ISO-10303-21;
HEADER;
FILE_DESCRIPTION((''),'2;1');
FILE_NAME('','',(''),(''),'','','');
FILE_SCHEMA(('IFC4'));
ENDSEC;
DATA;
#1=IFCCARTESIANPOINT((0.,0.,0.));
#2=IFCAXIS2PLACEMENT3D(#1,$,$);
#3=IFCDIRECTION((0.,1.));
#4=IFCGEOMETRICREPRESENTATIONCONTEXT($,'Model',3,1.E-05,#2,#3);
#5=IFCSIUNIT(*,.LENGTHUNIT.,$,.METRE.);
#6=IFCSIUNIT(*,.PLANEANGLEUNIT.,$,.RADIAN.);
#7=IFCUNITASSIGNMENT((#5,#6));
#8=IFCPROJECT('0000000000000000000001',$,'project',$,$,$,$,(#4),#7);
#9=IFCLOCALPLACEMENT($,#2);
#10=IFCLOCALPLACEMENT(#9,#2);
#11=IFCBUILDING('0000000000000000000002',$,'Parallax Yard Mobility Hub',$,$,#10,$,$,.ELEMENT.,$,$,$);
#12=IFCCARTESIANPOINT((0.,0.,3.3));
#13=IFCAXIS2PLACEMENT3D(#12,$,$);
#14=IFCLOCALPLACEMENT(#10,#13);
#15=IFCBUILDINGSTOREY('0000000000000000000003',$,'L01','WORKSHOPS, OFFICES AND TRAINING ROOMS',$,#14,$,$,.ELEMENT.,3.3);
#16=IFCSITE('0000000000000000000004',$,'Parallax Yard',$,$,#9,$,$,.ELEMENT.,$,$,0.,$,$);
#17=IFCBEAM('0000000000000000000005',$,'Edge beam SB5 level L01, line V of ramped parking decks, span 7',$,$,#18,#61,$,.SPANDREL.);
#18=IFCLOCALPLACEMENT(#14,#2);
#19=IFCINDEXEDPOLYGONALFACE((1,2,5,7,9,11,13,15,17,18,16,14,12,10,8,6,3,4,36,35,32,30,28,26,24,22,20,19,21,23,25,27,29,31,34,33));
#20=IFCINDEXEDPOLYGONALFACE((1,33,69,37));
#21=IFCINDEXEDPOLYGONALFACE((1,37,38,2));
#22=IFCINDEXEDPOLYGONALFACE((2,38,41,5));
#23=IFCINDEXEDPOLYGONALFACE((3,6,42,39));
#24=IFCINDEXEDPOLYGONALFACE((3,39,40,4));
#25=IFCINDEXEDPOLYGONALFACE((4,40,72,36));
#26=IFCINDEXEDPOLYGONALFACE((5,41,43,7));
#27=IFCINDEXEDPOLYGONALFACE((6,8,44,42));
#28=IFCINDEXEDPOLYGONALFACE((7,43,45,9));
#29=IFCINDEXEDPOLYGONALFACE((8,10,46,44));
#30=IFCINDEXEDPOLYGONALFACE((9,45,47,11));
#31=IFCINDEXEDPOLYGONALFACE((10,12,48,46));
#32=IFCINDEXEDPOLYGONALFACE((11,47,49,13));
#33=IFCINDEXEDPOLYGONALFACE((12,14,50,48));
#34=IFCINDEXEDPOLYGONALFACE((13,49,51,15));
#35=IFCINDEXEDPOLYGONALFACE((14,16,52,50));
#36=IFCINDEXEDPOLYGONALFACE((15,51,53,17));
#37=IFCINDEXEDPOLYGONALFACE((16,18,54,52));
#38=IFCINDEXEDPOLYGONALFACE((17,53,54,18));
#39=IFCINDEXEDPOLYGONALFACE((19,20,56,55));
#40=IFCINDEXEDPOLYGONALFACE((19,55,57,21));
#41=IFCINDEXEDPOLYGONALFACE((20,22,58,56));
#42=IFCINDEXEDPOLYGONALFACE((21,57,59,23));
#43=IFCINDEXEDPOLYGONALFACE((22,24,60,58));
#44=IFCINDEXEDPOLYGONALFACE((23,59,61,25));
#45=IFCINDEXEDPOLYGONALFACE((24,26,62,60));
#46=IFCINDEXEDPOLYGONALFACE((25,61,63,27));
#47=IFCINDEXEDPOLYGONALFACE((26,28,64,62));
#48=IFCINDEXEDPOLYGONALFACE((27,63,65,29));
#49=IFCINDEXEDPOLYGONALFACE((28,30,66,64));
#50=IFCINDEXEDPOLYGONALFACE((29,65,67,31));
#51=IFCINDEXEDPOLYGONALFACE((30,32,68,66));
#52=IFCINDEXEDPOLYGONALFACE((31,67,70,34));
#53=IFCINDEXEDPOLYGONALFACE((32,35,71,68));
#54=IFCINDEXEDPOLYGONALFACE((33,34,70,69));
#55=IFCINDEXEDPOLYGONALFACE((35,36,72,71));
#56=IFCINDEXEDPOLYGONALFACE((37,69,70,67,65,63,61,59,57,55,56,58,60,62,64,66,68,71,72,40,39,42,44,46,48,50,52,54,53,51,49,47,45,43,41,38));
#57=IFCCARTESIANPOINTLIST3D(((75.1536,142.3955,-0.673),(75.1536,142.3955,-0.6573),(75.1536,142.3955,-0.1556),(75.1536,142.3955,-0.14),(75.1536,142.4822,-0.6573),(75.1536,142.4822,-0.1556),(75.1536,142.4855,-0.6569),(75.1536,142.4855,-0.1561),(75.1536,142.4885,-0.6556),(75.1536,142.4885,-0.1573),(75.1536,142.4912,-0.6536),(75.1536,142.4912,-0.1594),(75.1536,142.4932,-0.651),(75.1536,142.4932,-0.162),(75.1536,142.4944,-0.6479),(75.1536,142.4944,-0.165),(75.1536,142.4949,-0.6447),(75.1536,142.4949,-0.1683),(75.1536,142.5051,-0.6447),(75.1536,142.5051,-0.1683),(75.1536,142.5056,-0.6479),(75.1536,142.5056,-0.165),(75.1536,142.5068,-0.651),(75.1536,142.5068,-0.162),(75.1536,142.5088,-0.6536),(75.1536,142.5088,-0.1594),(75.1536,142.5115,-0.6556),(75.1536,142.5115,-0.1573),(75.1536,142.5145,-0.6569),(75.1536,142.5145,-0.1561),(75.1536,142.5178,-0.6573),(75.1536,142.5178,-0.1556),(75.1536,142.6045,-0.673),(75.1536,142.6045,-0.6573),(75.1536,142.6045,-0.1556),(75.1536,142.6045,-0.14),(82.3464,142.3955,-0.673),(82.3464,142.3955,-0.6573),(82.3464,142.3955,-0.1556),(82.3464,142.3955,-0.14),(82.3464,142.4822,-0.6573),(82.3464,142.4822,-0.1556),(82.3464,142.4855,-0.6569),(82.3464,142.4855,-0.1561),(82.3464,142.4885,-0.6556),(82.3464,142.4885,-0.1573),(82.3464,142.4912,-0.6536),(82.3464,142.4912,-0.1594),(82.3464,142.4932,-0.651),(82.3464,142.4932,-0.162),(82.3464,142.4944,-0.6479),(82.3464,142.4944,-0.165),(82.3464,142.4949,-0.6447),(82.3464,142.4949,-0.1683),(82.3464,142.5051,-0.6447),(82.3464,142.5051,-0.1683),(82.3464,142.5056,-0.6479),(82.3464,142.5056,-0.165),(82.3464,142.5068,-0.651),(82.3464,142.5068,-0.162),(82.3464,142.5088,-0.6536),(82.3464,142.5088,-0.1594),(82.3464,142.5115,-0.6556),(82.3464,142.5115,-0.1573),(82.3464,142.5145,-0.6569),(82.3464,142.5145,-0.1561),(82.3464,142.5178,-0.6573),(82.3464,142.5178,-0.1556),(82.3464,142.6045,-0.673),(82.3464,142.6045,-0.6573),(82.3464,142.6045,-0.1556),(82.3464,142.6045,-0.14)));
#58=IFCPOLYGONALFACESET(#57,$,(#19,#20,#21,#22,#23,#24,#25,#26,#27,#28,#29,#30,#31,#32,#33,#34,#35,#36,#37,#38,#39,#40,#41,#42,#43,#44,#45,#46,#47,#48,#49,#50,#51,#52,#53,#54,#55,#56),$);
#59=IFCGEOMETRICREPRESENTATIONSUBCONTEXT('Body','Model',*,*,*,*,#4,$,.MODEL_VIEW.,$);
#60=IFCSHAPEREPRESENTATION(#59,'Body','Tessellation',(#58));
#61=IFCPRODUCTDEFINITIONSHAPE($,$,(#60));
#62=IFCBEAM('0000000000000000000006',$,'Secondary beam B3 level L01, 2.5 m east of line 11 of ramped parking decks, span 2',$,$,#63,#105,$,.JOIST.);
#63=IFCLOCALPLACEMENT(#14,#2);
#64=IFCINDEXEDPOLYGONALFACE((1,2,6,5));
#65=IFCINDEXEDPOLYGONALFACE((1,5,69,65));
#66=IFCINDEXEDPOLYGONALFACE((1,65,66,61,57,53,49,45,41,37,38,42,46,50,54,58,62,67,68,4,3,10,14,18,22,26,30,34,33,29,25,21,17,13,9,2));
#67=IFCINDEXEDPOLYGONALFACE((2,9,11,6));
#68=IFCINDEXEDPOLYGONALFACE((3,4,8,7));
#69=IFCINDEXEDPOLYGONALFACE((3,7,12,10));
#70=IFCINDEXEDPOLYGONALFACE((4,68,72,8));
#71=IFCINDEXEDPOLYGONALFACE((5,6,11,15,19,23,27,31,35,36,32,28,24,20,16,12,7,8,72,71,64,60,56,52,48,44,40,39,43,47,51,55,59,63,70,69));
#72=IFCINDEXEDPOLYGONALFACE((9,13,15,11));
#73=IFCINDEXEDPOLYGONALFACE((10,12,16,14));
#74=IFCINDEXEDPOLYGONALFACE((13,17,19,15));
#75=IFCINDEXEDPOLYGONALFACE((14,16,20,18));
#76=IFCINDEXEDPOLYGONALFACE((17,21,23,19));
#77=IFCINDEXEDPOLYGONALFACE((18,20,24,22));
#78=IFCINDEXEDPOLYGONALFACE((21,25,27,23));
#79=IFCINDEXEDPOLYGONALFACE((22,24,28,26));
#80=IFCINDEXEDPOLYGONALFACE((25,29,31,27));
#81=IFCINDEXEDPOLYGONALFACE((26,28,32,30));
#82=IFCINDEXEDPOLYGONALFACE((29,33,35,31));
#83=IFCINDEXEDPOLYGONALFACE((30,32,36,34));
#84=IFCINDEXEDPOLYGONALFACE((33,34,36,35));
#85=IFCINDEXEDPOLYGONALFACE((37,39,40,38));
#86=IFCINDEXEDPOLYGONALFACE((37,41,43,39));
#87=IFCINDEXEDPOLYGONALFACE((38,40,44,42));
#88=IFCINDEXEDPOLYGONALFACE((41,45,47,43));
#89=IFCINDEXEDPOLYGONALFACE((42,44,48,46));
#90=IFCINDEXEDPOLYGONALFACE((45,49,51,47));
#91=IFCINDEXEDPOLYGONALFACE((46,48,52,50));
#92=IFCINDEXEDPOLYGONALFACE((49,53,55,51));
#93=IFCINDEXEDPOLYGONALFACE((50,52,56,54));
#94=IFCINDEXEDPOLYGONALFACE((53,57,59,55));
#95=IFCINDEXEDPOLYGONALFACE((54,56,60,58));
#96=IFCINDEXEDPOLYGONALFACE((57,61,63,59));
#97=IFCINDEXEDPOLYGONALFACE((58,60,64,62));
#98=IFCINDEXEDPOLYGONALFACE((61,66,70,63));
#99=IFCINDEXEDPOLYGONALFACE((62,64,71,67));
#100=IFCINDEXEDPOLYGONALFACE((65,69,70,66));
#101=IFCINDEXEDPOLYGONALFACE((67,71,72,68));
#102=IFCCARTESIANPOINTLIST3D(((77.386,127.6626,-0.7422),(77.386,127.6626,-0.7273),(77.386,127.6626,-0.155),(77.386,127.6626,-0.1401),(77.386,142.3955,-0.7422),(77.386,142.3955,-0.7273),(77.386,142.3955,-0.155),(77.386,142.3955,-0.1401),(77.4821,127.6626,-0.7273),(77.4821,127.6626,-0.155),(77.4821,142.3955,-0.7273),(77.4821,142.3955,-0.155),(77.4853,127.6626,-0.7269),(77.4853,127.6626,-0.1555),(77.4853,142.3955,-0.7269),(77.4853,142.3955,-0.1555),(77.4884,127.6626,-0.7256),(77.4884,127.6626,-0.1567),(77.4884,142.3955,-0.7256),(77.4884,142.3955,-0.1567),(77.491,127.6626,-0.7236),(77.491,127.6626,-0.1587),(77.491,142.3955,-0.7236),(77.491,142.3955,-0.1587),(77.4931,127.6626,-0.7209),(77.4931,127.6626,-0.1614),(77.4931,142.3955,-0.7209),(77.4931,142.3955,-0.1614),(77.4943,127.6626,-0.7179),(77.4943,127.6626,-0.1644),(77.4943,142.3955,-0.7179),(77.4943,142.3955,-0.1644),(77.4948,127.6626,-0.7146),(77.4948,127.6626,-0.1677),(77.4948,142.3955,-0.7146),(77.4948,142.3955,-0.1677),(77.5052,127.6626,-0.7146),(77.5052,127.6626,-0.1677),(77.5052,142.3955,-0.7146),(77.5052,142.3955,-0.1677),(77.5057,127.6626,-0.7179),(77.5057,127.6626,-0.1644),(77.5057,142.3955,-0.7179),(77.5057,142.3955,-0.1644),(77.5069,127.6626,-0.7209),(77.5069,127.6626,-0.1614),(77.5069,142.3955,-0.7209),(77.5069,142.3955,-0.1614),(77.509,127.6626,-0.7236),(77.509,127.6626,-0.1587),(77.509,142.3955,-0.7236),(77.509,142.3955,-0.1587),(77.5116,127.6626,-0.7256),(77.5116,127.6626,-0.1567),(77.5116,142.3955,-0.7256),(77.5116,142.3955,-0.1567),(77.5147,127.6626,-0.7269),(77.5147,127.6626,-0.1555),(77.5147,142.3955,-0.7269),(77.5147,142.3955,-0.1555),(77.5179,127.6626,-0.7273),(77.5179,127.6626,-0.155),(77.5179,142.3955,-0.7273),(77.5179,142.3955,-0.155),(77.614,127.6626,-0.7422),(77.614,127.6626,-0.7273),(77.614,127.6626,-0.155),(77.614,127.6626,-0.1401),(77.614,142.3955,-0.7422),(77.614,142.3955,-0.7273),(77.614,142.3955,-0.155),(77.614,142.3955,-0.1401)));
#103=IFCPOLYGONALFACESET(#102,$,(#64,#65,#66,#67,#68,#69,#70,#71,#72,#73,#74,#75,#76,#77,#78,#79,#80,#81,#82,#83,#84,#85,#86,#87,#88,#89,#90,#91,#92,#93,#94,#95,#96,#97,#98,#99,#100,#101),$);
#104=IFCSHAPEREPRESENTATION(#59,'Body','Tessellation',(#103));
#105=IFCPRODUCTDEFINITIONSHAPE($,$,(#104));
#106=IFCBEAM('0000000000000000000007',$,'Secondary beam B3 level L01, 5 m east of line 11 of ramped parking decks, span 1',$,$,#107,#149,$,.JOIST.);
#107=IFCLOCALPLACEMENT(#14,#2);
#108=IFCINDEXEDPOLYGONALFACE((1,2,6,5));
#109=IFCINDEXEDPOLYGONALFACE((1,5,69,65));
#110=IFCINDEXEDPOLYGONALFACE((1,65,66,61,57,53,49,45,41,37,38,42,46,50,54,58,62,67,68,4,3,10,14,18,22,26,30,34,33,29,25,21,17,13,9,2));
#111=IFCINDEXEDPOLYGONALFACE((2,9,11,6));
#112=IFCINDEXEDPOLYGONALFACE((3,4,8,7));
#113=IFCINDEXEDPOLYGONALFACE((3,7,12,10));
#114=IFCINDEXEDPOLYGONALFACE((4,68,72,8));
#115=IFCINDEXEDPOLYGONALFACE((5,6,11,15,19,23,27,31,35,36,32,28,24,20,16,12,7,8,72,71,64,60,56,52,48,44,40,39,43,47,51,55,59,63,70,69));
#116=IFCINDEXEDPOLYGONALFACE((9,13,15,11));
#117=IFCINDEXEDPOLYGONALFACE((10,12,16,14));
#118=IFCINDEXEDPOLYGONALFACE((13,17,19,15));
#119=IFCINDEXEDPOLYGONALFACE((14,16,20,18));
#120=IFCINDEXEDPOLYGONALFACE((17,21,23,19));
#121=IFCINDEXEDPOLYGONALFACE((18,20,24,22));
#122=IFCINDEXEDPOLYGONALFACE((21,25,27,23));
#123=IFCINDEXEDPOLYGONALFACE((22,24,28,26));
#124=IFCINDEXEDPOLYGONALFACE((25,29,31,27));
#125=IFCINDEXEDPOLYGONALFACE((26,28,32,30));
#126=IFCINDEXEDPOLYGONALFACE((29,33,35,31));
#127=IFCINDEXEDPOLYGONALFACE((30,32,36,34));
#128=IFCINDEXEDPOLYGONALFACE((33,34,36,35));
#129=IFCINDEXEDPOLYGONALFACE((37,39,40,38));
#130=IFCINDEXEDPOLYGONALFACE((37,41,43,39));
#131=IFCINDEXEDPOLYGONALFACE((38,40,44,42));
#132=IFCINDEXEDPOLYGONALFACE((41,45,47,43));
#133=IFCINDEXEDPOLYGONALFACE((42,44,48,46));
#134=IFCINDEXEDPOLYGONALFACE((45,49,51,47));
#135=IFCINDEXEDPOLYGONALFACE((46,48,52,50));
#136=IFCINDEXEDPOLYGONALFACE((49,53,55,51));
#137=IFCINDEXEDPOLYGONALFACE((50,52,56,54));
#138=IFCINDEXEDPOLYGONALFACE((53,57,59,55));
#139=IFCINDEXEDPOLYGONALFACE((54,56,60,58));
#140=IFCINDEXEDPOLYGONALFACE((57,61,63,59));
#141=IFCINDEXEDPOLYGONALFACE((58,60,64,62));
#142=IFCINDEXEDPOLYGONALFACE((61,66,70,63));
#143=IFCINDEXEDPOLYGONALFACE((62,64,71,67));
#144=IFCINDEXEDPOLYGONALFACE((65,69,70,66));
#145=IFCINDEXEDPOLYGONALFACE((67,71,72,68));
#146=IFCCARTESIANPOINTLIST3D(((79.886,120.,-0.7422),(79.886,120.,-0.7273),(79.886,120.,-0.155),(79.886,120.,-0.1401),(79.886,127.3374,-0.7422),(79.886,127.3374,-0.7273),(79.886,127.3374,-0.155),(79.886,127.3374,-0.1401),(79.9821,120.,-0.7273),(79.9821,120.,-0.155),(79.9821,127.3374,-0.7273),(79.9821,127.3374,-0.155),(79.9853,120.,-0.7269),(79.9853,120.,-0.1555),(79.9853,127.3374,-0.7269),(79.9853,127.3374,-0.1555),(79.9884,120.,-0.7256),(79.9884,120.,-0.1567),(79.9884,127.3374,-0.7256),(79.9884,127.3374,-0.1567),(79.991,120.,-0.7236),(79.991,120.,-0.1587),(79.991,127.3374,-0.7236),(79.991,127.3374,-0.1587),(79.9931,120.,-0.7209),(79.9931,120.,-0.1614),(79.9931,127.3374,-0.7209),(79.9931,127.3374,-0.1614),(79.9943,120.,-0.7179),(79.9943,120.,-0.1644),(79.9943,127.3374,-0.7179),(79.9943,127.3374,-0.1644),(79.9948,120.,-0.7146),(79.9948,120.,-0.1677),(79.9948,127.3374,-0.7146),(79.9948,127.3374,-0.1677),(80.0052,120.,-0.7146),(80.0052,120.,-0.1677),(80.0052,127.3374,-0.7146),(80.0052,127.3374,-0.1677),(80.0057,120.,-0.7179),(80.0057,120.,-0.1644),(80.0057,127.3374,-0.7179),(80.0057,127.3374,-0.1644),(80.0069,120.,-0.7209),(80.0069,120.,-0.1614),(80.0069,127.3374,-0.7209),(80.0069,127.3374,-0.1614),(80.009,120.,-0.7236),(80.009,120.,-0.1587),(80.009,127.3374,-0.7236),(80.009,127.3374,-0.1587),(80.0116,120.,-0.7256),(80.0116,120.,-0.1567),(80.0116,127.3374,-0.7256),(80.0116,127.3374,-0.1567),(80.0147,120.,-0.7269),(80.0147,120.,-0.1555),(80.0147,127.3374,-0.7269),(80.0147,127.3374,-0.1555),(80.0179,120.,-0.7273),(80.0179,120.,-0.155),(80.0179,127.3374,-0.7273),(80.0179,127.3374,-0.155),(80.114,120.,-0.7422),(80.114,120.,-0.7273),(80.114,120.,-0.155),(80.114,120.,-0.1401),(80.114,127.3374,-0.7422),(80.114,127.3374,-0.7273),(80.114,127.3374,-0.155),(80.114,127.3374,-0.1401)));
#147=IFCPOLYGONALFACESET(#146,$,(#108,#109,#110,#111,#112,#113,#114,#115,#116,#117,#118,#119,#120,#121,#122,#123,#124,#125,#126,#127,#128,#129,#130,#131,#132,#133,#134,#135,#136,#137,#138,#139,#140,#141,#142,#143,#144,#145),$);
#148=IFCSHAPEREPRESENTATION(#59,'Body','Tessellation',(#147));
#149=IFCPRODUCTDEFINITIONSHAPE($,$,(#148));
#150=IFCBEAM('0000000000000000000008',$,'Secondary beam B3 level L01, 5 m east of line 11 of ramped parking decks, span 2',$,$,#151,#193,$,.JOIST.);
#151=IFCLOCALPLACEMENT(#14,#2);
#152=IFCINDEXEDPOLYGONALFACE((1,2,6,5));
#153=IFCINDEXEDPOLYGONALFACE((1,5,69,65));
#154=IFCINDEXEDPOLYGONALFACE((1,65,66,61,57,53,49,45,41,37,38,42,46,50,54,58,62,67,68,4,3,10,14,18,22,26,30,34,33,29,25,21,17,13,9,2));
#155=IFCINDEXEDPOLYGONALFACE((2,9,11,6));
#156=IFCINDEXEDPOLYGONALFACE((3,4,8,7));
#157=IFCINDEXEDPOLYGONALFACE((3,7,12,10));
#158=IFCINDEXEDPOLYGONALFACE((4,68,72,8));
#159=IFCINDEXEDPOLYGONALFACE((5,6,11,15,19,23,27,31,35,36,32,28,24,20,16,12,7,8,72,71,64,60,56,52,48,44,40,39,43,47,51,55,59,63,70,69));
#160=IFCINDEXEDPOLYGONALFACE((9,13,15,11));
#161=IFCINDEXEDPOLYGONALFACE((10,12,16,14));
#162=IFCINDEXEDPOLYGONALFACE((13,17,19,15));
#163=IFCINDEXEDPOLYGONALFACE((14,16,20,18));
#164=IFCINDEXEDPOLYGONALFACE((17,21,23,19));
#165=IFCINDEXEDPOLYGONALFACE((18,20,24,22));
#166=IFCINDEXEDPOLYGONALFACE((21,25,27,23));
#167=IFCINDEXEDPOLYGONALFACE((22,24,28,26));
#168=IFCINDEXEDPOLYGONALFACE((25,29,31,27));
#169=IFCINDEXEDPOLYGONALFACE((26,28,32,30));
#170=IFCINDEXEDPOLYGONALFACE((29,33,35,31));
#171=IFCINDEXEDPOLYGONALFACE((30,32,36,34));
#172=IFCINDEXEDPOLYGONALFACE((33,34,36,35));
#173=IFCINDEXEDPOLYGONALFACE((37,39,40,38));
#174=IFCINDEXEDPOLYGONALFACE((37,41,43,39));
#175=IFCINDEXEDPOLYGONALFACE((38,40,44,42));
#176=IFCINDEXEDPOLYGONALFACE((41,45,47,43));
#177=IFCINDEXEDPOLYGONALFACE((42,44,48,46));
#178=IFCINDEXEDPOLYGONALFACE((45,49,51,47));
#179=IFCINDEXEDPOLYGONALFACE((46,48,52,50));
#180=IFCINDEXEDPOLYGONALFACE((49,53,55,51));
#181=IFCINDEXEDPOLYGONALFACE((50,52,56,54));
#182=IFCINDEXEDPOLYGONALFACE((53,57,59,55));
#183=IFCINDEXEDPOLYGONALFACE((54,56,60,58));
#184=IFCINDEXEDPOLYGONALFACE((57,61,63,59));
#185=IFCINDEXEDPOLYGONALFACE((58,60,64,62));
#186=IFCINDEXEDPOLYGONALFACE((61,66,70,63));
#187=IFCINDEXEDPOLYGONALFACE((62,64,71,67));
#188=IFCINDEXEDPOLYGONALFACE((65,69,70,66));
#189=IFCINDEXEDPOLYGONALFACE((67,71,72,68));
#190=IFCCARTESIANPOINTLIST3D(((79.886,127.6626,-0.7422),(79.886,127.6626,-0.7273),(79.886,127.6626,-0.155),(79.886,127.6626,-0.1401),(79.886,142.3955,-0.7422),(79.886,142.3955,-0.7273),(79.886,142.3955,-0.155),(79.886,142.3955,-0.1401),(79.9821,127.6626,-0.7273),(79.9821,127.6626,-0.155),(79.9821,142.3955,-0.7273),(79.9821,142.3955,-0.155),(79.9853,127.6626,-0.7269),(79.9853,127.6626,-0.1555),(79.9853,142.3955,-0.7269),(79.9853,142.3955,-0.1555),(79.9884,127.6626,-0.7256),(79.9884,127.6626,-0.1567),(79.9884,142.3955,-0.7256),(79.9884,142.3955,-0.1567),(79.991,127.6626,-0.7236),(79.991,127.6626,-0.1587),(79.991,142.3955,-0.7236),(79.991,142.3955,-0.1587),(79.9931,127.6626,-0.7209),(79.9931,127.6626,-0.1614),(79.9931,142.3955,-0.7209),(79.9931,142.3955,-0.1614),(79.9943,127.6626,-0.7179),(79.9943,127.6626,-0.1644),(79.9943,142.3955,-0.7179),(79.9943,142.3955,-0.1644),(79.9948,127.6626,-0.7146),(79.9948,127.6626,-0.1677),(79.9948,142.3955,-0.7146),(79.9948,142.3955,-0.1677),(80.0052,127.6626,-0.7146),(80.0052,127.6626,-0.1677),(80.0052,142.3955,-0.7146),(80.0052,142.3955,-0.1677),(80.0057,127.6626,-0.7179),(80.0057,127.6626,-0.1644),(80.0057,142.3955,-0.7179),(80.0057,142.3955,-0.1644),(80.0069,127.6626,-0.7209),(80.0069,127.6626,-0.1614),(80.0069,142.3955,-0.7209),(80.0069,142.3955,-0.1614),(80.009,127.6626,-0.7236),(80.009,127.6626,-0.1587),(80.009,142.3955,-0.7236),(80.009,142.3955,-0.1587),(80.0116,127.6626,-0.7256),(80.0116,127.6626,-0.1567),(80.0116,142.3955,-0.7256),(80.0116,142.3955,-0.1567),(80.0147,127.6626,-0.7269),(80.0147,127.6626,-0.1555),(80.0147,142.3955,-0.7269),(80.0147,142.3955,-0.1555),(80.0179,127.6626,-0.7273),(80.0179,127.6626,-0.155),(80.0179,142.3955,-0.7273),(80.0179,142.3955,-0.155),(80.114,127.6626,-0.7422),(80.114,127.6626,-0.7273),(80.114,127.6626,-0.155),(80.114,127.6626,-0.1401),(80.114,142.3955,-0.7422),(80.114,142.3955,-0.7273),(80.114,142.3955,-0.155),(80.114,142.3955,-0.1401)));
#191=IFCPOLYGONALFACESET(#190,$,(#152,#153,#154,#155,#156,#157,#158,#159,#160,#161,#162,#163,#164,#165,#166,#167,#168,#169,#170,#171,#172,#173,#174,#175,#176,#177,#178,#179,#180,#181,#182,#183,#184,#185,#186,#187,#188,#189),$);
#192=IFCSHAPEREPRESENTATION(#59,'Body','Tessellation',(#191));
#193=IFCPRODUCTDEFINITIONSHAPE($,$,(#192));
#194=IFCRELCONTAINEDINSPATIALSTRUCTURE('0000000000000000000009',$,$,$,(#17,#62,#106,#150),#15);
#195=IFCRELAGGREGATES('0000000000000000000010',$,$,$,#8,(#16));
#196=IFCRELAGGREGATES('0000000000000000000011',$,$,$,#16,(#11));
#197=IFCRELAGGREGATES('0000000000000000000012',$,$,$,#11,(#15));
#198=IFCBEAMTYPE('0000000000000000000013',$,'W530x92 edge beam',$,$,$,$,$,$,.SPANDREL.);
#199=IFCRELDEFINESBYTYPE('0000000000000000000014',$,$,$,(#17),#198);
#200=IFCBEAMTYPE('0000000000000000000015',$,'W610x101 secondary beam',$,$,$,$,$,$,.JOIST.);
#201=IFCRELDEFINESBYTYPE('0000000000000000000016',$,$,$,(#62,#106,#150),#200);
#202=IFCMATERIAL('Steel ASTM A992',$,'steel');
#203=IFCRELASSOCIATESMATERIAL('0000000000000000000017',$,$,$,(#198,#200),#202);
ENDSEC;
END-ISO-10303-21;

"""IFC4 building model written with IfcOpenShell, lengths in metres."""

from ifc_helpers import new_model, si_unit, direction, frame, origin, origin_2d, place, context, subcontext, project, spatial, i_section, extrude, material, material_profile, profile_set, type_object, element, save


model = new_model("IFC4")

# Units and contexts
model_context = context("Model", 3, precision=1e-05, world=origin(), true_north=direction((0.0, 1.0)))
body_context = subcontext(model_context, "Body", "Model", "MODEL_VIEW")
ifc_project = project(units=[si_unit("LENGTHUNIT", "METRE"), si_unit("PLANEANGLEUNIT", "RADIAN")], contexts=[model_context])

# Site, building, storey
site_placement = place(None, origin())
site = spatial("IfcSite", under=ifc_project, at=site_placement, Name="Parallax Yard", CompositionType="ELEMENT", RefElevation=0.0)
building_placement = place(site_placement, origin())
building = spatial("IfcBuilding", under=site, at=building_placement, Name="Parallax Yard Mobility Hub", CompositionType="ELEMENT")
storey_placement = place(building_placement, frame((0.0, 0.0, 3.3)))
storey = spatial("IfcBuildingStorey", under=building, at=storey_placement, Name="L01", Description="WORKSHOPS, OFFICES AND TRAINING ROOMS", CompositionType="ELEMENT", Elevation=3.3)

# Shared definitions
ifc_material_1 = material(Name="Steel ASTM A992", Category="steel")

# Beams
ifc_material_profile_1 = material_profile(ifc_material_1, i_section(OverallWidth=0.209, OverallDepth=0.533, WebThickness=0.0103, FlangeThickness=0.0156, FilletRadius=0.0127, at=origin_2d()), Name="W530x92")
ifc_profile_set_1 = profile_set([ifc_material_profile_1], Name="Steel ASTM A992")
beam_type_1 = type_object("IfcBeamType", Name="W530x92 edge beam", PredefinedType="SPANDREL", material=ifc_profile_set_1)
beam_1_placement = place(storey_placement, frame((75.1536, 142.5, -0.4065), z_axis=(1.0, 0.0, 0.0), x_axis=(0.0, 1.0, 0.0)))
element("IfcBeam", 1, at=beam_1_placement, inside=storey, type_object=beam_type_1, Name="Edge beam SB5 level L01, line V of ramped parking decks, span 7", PredefinedType="SPANDREL", context=body_context, shape_type="SweptSolid", body=[
    extrude(i_section(OverallWidth=0.209, OverallDepth=0.533, WebThickness=0.0103, FlangeThickness=0.0156, FilletRadius=0.0127, at=origin_2d()), origin(), (0.0, 0.0, 1.0), 7.1929),
])
ifc_material_profile_2 = material_profile(ifc_material_1, i_section(OverallWidth=0.228, OverallDepth=0.6021, WebThickness=0.0105, FlangeThickness=0.0149, FilletRadius=0.0127, at=origin_2d()), Name="W610x101")
ifc_profile_set_2 = profile_set([ifc_material_profile_2], Name="Steel ASTM A992")
beam_type_2 = type_object("IfcBeamType", Name="W610x101 secondary beam", PredefinedType="JOIST", material=ifc_profile_set_2)
beam_2_placement = place(storey_placement, frame((77.5, 127.6626, -0.4412), z_axis=(0.0, 1.0, 0.0), x_axis=(-1.0, 0.0, 0.0)))
element("IfcBeam", 2, at=beam_2_placement, inside=storey, type_object=beam_type_2, Name="Secondary beam B3 level L01, 2.5 m east of line 11 of ramped parking decks, span 2", PredefinedType="JOIST", context=body_context, shape_type="SweptSolid", body=[
    extrude(i_section(OverallWidth=0.228, OverallDepth=0.6021, WebThickness=0.0105, FlangeThickness=0.0149, FilletRadius=0.0127, at=origin_2d()), origin(), (0.0, 0.0, 1.0), 14.7329),
])
beam_3_placement = place(storey_placement, frame((80.0, 120.0, -0.4412), z_axis=(0.0, 1.0, 0.0), x_axis=(-1.0, 0.0, 0.0)))
element("IfcBeam", 3, at=beam_3_placement, inside=storey, type_object=beam_type_2, Name="Secondary beam B3 level L01, 5 m east of line 11 of ramped parking decks, span 1", PredefinedType="JOIST", context=body_context, shape_type="SweptSolid", body=[
    extrude(i_section(OverallWidth=0.228, OverallDepth=0.6021, WebThickness=0.0105, FlangeThickness=0.0149, FilletRadius=0.0127, at=origin_2d()), origin(), (0.0, 0.0, 1.0), 7.3374),
])
beam_4_placement = place(storey_placement, frame((80.0, 127.6626, -0.4412), z_axis=(0.0, 1.0, 0.0), x_axis=(-1.0, 0.0, 0.0)))
element("IfcBeam", 4, at=beam_4_placement, inside=storey, type_object=beam_type_2, Name="Secondary beam B3 level L01, 5 m east of line 11 of ramped parking decks, span 2", PredefinedType="JOIST", context=body_context, shape_type="SweptSolid", body=[
    extrude(i_section(OverallWidth=0.228, OverallDepth=0.6021, WebThickness=0.0105, FlangeThickness=0.0149, FilletRadius=0.0127, at=origin_2d()), origin(), (0.0, 0.0, 1.0), 14.7329),
])

save(model, "model.ifc")
